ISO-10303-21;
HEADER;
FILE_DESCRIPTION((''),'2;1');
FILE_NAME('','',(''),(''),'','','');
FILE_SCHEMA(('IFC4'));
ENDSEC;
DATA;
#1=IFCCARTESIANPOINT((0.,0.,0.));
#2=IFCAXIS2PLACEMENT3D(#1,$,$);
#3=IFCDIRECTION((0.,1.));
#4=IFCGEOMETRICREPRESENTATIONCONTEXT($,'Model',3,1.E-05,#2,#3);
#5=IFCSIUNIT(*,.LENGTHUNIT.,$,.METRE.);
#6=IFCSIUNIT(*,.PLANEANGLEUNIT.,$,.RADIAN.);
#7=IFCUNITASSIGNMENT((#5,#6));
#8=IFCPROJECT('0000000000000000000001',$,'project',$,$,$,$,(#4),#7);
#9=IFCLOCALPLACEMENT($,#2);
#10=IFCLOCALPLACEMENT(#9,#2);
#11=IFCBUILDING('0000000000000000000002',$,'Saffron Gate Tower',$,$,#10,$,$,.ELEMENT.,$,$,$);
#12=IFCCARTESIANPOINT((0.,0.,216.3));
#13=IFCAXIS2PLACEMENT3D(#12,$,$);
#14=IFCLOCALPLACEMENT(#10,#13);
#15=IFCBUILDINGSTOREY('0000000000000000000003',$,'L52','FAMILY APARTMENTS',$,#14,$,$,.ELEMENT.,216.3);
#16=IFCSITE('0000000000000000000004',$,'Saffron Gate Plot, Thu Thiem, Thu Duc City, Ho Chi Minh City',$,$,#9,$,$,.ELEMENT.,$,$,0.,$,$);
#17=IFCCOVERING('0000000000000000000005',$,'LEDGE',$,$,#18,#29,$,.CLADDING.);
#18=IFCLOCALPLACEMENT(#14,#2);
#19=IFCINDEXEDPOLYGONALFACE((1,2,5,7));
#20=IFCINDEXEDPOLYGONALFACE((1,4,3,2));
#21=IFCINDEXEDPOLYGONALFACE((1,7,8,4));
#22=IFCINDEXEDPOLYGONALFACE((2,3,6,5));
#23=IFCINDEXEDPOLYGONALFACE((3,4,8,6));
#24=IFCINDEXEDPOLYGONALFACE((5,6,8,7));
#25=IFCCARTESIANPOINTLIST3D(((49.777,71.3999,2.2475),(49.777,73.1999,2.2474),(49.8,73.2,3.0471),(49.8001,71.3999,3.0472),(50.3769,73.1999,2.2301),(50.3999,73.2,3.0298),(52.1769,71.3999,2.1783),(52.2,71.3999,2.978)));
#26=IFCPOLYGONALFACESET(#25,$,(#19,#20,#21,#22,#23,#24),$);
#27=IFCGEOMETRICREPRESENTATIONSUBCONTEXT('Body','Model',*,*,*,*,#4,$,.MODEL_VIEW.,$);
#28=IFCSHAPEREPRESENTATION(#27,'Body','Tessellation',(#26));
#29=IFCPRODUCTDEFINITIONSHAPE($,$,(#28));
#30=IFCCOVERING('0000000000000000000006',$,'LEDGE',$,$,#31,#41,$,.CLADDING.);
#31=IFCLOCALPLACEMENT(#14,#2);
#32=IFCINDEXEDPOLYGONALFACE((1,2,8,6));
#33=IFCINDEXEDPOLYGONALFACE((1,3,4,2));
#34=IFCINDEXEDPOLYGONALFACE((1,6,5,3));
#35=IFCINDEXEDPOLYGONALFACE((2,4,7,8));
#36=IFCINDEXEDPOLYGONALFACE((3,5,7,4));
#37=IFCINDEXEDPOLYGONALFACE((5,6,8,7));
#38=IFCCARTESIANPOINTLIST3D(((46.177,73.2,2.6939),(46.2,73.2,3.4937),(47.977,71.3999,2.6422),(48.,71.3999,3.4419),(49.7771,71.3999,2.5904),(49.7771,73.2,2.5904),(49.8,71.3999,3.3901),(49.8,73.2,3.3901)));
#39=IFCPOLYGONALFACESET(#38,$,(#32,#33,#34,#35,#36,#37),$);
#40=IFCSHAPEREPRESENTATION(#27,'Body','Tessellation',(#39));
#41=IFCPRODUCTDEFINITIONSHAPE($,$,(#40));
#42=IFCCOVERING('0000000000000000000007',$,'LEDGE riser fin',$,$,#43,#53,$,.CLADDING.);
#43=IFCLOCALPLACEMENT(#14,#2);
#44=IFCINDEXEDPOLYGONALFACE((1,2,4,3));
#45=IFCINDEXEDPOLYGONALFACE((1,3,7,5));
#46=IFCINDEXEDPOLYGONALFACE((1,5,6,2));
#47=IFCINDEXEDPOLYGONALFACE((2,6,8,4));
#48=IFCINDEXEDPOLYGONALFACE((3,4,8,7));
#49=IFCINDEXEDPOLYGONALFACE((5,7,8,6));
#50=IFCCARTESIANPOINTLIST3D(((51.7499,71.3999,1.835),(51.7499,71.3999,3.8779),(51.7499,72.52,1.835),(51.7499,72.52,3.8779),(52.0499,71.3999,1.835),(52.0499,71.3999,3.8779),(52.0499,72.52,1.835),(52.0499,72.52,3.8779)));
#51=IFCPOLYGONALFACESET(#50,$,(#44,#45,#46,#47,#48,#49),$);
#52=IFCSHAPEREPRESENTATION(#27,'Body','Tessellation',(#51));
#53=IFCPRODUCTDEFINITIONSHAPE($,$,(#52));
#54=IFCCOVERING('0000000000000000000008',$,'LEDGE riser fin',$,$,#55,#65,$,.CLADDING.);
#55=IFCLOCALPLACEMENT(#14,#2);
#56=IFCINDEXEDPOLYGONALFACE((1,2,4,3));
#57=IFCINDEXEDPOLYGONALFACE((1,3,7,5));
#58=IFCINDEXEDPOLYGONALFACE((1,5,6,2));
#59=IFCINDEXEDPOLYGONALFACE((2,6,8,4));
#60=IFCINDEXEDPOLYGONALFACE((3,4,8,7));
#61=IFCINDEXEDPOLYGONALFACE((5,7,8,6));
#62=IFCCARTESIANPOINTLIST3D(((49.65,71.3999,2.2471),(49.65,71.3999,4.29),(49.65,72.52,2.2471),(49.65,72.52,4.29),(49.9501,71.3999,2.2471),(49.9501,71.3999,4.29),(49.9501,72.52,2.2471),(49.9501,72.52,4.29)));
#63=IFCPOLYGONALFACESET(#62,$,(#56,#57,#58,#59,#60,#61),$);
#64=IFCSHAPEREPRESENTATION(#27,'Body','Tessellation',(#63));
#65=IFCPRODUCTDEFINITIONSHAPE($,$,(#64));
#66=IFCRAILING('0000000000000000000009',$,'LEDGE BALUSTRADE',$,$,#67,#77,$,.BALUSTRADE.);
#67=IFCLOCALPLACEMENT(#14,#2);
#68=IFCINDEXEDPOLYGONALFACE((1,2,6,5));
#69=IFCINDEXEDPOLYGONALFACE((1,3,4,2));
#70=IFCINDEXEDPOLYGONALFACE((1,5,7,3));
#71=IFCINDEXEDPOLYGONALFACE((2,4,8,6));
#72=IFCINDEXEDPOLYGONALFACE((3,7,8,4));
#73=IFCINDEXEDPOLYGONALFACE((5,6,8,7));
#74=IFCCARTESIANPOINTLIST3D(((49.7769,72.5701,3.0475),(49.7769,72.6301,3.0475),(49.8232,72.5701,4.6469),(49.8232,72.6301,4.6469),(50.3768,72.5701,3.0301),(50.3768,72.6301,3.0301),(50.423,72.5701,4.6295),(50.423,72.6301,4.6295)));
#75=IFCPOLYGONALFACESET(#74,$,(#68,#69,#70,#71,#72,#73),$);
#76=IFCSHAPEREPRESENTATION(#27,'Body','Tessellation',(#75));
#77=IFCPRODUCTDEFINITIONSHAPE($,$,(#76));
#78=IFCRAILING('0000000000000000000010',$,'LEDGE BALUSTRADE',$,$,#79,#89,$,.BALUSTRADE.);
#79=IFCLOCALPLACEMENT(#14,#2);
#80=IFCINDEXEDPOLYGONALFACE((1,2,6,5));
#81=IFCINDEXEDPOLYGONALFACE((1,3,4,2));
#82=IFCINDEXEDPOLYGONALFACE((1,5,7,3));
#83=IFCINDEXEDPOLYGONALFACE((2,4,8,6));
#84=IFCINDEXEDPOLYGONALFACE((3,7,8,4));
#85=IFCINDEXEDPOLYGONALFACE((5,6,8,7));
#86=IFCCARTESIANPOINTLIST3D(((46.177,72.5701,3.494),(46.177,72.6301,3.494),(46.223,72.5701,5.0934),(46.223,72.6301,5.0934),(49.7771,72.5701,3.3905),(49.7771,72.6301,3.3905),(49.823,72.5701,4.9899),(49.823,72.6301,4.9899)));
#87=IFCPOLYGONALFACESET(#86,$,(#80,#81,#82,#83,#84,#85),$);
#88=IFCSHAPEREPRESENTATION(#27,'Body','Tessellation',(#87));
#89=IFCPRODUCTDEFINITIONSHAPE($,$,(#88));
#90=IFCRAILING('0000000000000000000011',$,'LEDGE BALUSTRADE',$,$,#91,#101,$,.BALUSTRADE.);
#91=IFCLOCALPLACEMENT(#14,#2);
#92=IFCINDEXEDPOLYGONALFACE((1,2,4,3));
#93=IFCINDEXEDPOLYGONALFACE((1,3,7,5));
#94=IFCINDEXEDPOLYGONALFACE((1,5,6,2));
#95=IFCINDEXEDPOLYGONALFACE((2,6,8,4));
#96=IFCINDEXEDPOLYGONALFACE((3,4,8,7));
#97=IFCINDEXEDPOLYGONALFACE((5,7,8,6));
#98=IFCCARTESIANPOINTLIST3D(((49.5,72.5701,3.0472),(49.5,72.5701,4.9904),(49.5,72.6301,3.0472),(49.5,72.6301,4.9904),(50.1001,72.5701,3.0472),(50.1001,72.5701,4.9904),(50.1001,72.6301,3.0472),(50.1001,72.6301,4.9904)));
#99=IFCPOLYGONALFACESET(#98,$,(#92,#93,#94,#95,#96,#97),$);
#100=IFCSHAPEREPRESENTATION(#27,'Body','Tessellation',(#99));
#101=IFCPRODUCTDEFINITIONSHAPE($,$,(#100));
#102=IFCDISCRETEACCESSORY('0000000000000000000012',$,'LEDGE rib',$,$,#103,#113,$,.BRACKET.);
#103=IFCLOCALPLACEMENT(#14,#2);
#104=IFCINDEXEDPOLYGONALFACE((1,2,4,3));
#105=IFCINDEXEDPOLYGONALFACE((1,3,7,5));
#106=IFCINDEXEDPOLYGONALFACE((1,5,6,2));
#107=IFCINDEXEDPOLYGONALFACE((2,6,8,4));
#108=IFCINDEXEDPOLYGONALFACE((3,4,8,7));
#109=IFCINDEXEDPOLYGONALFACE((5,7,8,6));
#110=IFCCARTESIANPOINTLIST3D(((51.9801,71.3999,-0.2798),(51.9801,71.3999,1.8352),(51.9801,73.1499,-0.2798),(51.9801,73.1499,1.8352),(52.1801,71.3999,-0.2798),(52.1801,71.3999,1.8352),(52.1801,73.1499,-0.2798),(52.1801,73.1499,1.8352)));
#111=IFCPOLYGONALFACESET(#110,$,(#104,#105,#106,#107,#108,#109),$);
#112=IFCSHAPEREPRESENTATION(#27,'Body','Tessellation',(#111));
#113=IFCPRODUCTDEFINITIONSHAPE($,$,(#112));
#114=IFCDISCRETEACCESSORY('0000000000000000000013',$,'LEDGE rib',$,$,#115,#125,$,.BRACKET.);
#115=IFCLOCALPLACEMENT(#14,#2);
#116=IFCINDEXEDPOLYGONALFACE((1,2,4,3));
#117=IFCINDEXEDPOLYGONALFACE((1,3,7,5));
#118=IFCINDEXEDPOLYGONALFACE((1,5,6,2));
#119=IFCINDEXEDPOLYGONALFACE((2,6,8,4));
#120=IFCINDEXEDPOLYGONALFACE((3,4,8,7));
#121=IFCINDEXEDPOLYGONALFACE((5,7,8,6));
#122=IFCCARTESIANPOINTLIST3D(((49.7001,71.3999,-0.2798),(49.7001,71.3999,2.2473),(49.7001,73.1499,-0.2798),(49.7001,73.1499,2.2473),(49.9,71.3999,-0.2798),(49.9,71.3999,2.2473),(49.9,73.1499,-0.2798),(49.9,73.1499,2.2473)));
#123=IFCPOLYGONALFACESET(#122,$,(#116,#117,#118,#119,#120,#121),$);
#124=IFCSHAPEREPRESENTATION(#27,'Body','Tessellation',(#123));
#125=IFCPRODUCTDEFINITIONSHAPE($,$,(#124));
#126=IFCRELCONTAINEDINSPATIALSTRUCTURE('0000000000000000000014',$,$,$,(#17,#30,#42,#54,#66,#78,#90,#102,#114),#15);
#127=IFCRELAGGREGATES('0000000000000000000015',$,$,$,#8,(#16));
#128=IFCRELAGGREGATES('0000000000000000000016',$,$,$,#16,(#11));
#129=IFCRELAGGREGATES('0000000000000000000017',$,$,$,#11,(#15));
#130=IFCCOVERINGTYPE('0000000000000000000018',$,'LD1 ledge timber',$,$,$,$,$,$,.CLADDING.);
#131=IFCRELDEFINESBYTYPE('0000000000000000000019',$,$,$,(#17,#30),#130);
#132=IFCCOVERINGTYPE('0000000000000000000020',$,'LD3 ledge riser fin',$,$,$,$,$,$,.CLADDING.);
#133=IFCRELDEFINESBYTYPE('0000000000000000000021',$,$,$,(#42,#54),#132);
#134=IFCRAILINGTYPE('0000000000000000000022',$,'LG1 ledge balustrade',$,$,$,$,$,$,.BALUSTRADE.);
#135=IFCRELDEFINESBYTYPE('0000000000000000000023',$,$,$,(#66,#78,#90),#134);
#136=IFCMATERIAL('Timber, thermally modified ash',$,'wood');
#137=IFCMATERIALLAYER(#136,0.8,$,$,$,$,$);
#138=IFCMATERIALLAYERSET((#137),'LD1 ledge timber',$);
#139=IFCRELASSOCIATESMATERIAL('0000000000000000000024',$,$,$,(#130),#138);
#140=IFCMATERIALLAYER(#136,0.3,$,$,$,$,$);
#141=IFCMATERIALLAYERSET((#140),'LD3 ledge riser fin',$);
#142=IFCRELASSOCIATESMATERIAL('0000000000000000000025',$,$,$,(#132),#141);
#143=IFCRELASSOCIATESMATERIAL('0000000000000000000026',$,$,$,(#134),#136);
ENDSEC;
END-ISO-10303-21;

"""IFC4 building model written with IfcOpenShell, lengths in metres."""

from ifc_helpers import new_model, si_unit, direction, frame, origin, origin_2d, place, context, subcontext, project, spatial, polyline, rectangle, outline, extrude, material, layer, layer_set, type_object, element, save


model = new_model("IFC4")

# Units and contexts
model_context = context("Model", 3, precision=1e-05, world=origin(), true_north=direction((0.0, 1.0)))
body_context = subcontext(model_context, "Body", "Model", "MODEL_VIEW")
ifc_project = project(units=[si_unit("LENGTHUNIT", "METRE"), si_unit("PLANEANGLEUNIT", "RADIAN")], contexts=[model_context])

# Site, building, storey
site_placement = place(None, origin())
site = spatial("IfcSite", under=ifc_project, at=site_placement, Name="Saffron Gate Plot, Thu Thiem, Thu Duc City, Ho Chi Minh City", CompositionType="ELEMENT", RefElevation=0.0)
building_placement = place(site_placement, origin())
building = spatial("IfcBuilding", under=site, at=building_placement, Name="Saffron Gate Tower", CompositionType="ELEMENT")
storey_placement = place(building_placement, frame((0.0, 0.0, 216.3)))
storey = spatial("IfcBuildingStorey", under=building, at=storey_placement, Name="L52", Description="FAMILY APARTMENTS", CompositionType="ELEMENT", Elevation=216.3)

# Coverings
ifc_material_1 = material(Name="Timber, thermally modified ash", Category="wood")
ifc_layer_1 = layer(ifc_material_1, 0.8)
ifc_layer_set_1 = layer_set([ifc_layer_1], Name="LD1 ledge timber")
covering_type_1 = type_object("IfcCoveringType", Name="LD1 ledge timber", PredefinedType="CLADDING", material=ifc_layer_set_1)
covering_1_placement = place(storey_placement, frame((52.2, 71.3999, 2.978), z_axis=(0.028799, 0.000029, 0.999585), x_axis=(-0.999585, 0.0, 0.028799)))
element("IfcCovering", 1, at=covering_1_placement, inside=storey, type_object=covering_type_1, Name="LEDGE", PredefinedType="CLADDING", context=body_context, shape_type="SweptSolid", body=[
    extrude(outline(polyline([(0.0, 0.0), (2.4009, 0.0), (2.4009, -1.8), (1.8008, -1.8), (0.0, 0.0)])), origin(), (0.0, 0.0, -1.0), 0.8),
])
covering_2_placement = place(storey_placement, frame((49.8, 71.3999, 3.3901), z_axis=(0.028742, 0.0, 0.999587), x_axis=(-0.999587, 0.0, 0.028742)))
element("IfcCovering", 2, at=covering_2_placement, inside=storey, type_object=covering_type_1, Name="LEDGE", PredefinedType="CLADDING", context=body_context, shape_type="SweptSolid", body=[
    extrude(outline(polyline([(0.0, 0.0), (1.8008, 0.0), (3.6016, -1.8), (0.0, -1.8), (0.0, 0.0)])), origin(), (0.0, 0.0, -1.0), 0.8),
])
ifc_layer_2 = layer(ifc_material_1, 0.3)
ifc_layer_set_2 = layer_set([ifc_layer_2], Name="LD3 ledge riser fin")
covering_type_2 = type_object("IfcCoveringType", Name="LD3 ledge riser fin", PredefinedType="CLADDING", material=ifc_layer_set_2)
for number, where, z_axis, x_axis, name in (
    (3, (51.8999, 71.96, 1.835), (0.0, 0.0, 1.0), (-1.0, 0.0, 0.0), "LEDGE riser fin"),
    (4, (49.8, 71.96, 2.2471), (0.0, 0.0, 1.0), (-1.0, 0.0, 0.0), "LEDGE riser fin"),
):
    element("IfcCovering", number, at=place(storey_placement, frame(where, z_axis=z_axis, x_axis=x_axis)), inside=storey, type_object=covering_type_2, Name=name, PredefinedType="CLADDING", context=body_context, shape_type="SweptSolid", body=[
        extrude(rectangle(XDim=0.3, YDim=1.1201, at=origin_2d()), origin(), (0.0, 0.0, 1.0), 2.043),
    ])

# Railings
railing_type = type_object("IfcRailingType", Name="LG1 ledge balustrade", PredefinedType="BALUSTRADE", material=ifc_material_1)
railing_1_placement = place(storey_placement, frame((50.3999, 72.6001, 3.0298)))
element("IfcRailing", 5, at=railing_1_placement, inside=storey, type_object=railing_type, Name="LEDGE BALUSTRADE", PredefinedType="BALUSTRADE", context=body_context, shape_type="SweptSolid", body=[
    extrude(rectangle(XDim=0.0601, YDim=1.6001, at=origin_2d()), frame((0.0, 0.0, 0.8), z_axis=(-0.999583, 0.0, 0.028885), x_axis=(0.0, -1.0, 0.0)), (0.0, 0.0, 1.0), 0.6001),
])
railing_2_placement = place(storey_placement, frame((49.8, 72.6001, 3.3901)))
element("IfcRailing", 6, at=railing_2_placement, inside=storey, type_object=railing_type, Name="LEDGE BALUSTRADE", PredefinedType="BALUSTRADE", context=body_context, shape_type="SweptSolid", body=[
    extrude(rectangle(XDim=0.0601, YDim=1.6001, at=origin_2d()), frame((0.0, 0.0, 0.8), z_axis=(-0.999587, 0.0, 0.028742), x_axis=(0.0, -1.0, 0.0)), (0.0, 0.0, 1.0), 3.6016),
])
railing_3_placement = place(storey_placement, frame((50.1001, 72.6001, 3.0471)))
element("IfcRailing", 7, at=railing_3_placement, inside=storey, type_object=railing_type, Name="LEDGE BALUSTRADE", PredefinedType="BALUSTRADE", context=body_context, shape_type="SweptSolid", body=[
    extrude(rectangle(XDim=0.0601, YDim=1.9431, at=origin_2d()), frame((0.0, 0.0, 0.9717), z_axis=(-1.0, 0.0, 0.0), x_axis=(0.0, -1.0, 0.0)), (0.0, 0.0, 1.0), 0.6001),
])

# Discrete accessories
discrete_accessory_1_placement = place(storey_placement, frame((52.0801, 72.2749, -0.2798), z_axis=(0.0, 0.0, 1.0), x_axis=(-1.0, 0.0, 0.0)))
element("IfcDiscreteAccessory", 8, at=discrete_accessory_1_placement, inside=storey, Name="LEDGE rib", PredefinedType="BRACKET", context=body_context, shape_type="SweptSolid", body=[
    extrude(rectangle(XDim=0.2, YDim=1.75, at=origin_2d()), origin(), (0.0, 0.0, 1.0), 2.115),
])
discrete_accessory_2_placement = place(storey_placement, frame((49.8, 72.2749, -0.2798), z_axis=(0.0, 0.0, 1.0), x_axis=(-1.0, 0.0, 0.0)))
element("IfcDiscreteAccessory", 9, at=discrete_accessory_2_placement, inside=storey, Name="LEDGE rib", PredefinedType="BRACKET", context=body_context, shape_type="SweptSolid", body=[
    extrude(rectangle(XDim=0.2, YDim=1.75, at=origin_2d()), origin(), (0.0, 0.0, 1.0), 2.5271),
])

save(model, "model.ifc")
